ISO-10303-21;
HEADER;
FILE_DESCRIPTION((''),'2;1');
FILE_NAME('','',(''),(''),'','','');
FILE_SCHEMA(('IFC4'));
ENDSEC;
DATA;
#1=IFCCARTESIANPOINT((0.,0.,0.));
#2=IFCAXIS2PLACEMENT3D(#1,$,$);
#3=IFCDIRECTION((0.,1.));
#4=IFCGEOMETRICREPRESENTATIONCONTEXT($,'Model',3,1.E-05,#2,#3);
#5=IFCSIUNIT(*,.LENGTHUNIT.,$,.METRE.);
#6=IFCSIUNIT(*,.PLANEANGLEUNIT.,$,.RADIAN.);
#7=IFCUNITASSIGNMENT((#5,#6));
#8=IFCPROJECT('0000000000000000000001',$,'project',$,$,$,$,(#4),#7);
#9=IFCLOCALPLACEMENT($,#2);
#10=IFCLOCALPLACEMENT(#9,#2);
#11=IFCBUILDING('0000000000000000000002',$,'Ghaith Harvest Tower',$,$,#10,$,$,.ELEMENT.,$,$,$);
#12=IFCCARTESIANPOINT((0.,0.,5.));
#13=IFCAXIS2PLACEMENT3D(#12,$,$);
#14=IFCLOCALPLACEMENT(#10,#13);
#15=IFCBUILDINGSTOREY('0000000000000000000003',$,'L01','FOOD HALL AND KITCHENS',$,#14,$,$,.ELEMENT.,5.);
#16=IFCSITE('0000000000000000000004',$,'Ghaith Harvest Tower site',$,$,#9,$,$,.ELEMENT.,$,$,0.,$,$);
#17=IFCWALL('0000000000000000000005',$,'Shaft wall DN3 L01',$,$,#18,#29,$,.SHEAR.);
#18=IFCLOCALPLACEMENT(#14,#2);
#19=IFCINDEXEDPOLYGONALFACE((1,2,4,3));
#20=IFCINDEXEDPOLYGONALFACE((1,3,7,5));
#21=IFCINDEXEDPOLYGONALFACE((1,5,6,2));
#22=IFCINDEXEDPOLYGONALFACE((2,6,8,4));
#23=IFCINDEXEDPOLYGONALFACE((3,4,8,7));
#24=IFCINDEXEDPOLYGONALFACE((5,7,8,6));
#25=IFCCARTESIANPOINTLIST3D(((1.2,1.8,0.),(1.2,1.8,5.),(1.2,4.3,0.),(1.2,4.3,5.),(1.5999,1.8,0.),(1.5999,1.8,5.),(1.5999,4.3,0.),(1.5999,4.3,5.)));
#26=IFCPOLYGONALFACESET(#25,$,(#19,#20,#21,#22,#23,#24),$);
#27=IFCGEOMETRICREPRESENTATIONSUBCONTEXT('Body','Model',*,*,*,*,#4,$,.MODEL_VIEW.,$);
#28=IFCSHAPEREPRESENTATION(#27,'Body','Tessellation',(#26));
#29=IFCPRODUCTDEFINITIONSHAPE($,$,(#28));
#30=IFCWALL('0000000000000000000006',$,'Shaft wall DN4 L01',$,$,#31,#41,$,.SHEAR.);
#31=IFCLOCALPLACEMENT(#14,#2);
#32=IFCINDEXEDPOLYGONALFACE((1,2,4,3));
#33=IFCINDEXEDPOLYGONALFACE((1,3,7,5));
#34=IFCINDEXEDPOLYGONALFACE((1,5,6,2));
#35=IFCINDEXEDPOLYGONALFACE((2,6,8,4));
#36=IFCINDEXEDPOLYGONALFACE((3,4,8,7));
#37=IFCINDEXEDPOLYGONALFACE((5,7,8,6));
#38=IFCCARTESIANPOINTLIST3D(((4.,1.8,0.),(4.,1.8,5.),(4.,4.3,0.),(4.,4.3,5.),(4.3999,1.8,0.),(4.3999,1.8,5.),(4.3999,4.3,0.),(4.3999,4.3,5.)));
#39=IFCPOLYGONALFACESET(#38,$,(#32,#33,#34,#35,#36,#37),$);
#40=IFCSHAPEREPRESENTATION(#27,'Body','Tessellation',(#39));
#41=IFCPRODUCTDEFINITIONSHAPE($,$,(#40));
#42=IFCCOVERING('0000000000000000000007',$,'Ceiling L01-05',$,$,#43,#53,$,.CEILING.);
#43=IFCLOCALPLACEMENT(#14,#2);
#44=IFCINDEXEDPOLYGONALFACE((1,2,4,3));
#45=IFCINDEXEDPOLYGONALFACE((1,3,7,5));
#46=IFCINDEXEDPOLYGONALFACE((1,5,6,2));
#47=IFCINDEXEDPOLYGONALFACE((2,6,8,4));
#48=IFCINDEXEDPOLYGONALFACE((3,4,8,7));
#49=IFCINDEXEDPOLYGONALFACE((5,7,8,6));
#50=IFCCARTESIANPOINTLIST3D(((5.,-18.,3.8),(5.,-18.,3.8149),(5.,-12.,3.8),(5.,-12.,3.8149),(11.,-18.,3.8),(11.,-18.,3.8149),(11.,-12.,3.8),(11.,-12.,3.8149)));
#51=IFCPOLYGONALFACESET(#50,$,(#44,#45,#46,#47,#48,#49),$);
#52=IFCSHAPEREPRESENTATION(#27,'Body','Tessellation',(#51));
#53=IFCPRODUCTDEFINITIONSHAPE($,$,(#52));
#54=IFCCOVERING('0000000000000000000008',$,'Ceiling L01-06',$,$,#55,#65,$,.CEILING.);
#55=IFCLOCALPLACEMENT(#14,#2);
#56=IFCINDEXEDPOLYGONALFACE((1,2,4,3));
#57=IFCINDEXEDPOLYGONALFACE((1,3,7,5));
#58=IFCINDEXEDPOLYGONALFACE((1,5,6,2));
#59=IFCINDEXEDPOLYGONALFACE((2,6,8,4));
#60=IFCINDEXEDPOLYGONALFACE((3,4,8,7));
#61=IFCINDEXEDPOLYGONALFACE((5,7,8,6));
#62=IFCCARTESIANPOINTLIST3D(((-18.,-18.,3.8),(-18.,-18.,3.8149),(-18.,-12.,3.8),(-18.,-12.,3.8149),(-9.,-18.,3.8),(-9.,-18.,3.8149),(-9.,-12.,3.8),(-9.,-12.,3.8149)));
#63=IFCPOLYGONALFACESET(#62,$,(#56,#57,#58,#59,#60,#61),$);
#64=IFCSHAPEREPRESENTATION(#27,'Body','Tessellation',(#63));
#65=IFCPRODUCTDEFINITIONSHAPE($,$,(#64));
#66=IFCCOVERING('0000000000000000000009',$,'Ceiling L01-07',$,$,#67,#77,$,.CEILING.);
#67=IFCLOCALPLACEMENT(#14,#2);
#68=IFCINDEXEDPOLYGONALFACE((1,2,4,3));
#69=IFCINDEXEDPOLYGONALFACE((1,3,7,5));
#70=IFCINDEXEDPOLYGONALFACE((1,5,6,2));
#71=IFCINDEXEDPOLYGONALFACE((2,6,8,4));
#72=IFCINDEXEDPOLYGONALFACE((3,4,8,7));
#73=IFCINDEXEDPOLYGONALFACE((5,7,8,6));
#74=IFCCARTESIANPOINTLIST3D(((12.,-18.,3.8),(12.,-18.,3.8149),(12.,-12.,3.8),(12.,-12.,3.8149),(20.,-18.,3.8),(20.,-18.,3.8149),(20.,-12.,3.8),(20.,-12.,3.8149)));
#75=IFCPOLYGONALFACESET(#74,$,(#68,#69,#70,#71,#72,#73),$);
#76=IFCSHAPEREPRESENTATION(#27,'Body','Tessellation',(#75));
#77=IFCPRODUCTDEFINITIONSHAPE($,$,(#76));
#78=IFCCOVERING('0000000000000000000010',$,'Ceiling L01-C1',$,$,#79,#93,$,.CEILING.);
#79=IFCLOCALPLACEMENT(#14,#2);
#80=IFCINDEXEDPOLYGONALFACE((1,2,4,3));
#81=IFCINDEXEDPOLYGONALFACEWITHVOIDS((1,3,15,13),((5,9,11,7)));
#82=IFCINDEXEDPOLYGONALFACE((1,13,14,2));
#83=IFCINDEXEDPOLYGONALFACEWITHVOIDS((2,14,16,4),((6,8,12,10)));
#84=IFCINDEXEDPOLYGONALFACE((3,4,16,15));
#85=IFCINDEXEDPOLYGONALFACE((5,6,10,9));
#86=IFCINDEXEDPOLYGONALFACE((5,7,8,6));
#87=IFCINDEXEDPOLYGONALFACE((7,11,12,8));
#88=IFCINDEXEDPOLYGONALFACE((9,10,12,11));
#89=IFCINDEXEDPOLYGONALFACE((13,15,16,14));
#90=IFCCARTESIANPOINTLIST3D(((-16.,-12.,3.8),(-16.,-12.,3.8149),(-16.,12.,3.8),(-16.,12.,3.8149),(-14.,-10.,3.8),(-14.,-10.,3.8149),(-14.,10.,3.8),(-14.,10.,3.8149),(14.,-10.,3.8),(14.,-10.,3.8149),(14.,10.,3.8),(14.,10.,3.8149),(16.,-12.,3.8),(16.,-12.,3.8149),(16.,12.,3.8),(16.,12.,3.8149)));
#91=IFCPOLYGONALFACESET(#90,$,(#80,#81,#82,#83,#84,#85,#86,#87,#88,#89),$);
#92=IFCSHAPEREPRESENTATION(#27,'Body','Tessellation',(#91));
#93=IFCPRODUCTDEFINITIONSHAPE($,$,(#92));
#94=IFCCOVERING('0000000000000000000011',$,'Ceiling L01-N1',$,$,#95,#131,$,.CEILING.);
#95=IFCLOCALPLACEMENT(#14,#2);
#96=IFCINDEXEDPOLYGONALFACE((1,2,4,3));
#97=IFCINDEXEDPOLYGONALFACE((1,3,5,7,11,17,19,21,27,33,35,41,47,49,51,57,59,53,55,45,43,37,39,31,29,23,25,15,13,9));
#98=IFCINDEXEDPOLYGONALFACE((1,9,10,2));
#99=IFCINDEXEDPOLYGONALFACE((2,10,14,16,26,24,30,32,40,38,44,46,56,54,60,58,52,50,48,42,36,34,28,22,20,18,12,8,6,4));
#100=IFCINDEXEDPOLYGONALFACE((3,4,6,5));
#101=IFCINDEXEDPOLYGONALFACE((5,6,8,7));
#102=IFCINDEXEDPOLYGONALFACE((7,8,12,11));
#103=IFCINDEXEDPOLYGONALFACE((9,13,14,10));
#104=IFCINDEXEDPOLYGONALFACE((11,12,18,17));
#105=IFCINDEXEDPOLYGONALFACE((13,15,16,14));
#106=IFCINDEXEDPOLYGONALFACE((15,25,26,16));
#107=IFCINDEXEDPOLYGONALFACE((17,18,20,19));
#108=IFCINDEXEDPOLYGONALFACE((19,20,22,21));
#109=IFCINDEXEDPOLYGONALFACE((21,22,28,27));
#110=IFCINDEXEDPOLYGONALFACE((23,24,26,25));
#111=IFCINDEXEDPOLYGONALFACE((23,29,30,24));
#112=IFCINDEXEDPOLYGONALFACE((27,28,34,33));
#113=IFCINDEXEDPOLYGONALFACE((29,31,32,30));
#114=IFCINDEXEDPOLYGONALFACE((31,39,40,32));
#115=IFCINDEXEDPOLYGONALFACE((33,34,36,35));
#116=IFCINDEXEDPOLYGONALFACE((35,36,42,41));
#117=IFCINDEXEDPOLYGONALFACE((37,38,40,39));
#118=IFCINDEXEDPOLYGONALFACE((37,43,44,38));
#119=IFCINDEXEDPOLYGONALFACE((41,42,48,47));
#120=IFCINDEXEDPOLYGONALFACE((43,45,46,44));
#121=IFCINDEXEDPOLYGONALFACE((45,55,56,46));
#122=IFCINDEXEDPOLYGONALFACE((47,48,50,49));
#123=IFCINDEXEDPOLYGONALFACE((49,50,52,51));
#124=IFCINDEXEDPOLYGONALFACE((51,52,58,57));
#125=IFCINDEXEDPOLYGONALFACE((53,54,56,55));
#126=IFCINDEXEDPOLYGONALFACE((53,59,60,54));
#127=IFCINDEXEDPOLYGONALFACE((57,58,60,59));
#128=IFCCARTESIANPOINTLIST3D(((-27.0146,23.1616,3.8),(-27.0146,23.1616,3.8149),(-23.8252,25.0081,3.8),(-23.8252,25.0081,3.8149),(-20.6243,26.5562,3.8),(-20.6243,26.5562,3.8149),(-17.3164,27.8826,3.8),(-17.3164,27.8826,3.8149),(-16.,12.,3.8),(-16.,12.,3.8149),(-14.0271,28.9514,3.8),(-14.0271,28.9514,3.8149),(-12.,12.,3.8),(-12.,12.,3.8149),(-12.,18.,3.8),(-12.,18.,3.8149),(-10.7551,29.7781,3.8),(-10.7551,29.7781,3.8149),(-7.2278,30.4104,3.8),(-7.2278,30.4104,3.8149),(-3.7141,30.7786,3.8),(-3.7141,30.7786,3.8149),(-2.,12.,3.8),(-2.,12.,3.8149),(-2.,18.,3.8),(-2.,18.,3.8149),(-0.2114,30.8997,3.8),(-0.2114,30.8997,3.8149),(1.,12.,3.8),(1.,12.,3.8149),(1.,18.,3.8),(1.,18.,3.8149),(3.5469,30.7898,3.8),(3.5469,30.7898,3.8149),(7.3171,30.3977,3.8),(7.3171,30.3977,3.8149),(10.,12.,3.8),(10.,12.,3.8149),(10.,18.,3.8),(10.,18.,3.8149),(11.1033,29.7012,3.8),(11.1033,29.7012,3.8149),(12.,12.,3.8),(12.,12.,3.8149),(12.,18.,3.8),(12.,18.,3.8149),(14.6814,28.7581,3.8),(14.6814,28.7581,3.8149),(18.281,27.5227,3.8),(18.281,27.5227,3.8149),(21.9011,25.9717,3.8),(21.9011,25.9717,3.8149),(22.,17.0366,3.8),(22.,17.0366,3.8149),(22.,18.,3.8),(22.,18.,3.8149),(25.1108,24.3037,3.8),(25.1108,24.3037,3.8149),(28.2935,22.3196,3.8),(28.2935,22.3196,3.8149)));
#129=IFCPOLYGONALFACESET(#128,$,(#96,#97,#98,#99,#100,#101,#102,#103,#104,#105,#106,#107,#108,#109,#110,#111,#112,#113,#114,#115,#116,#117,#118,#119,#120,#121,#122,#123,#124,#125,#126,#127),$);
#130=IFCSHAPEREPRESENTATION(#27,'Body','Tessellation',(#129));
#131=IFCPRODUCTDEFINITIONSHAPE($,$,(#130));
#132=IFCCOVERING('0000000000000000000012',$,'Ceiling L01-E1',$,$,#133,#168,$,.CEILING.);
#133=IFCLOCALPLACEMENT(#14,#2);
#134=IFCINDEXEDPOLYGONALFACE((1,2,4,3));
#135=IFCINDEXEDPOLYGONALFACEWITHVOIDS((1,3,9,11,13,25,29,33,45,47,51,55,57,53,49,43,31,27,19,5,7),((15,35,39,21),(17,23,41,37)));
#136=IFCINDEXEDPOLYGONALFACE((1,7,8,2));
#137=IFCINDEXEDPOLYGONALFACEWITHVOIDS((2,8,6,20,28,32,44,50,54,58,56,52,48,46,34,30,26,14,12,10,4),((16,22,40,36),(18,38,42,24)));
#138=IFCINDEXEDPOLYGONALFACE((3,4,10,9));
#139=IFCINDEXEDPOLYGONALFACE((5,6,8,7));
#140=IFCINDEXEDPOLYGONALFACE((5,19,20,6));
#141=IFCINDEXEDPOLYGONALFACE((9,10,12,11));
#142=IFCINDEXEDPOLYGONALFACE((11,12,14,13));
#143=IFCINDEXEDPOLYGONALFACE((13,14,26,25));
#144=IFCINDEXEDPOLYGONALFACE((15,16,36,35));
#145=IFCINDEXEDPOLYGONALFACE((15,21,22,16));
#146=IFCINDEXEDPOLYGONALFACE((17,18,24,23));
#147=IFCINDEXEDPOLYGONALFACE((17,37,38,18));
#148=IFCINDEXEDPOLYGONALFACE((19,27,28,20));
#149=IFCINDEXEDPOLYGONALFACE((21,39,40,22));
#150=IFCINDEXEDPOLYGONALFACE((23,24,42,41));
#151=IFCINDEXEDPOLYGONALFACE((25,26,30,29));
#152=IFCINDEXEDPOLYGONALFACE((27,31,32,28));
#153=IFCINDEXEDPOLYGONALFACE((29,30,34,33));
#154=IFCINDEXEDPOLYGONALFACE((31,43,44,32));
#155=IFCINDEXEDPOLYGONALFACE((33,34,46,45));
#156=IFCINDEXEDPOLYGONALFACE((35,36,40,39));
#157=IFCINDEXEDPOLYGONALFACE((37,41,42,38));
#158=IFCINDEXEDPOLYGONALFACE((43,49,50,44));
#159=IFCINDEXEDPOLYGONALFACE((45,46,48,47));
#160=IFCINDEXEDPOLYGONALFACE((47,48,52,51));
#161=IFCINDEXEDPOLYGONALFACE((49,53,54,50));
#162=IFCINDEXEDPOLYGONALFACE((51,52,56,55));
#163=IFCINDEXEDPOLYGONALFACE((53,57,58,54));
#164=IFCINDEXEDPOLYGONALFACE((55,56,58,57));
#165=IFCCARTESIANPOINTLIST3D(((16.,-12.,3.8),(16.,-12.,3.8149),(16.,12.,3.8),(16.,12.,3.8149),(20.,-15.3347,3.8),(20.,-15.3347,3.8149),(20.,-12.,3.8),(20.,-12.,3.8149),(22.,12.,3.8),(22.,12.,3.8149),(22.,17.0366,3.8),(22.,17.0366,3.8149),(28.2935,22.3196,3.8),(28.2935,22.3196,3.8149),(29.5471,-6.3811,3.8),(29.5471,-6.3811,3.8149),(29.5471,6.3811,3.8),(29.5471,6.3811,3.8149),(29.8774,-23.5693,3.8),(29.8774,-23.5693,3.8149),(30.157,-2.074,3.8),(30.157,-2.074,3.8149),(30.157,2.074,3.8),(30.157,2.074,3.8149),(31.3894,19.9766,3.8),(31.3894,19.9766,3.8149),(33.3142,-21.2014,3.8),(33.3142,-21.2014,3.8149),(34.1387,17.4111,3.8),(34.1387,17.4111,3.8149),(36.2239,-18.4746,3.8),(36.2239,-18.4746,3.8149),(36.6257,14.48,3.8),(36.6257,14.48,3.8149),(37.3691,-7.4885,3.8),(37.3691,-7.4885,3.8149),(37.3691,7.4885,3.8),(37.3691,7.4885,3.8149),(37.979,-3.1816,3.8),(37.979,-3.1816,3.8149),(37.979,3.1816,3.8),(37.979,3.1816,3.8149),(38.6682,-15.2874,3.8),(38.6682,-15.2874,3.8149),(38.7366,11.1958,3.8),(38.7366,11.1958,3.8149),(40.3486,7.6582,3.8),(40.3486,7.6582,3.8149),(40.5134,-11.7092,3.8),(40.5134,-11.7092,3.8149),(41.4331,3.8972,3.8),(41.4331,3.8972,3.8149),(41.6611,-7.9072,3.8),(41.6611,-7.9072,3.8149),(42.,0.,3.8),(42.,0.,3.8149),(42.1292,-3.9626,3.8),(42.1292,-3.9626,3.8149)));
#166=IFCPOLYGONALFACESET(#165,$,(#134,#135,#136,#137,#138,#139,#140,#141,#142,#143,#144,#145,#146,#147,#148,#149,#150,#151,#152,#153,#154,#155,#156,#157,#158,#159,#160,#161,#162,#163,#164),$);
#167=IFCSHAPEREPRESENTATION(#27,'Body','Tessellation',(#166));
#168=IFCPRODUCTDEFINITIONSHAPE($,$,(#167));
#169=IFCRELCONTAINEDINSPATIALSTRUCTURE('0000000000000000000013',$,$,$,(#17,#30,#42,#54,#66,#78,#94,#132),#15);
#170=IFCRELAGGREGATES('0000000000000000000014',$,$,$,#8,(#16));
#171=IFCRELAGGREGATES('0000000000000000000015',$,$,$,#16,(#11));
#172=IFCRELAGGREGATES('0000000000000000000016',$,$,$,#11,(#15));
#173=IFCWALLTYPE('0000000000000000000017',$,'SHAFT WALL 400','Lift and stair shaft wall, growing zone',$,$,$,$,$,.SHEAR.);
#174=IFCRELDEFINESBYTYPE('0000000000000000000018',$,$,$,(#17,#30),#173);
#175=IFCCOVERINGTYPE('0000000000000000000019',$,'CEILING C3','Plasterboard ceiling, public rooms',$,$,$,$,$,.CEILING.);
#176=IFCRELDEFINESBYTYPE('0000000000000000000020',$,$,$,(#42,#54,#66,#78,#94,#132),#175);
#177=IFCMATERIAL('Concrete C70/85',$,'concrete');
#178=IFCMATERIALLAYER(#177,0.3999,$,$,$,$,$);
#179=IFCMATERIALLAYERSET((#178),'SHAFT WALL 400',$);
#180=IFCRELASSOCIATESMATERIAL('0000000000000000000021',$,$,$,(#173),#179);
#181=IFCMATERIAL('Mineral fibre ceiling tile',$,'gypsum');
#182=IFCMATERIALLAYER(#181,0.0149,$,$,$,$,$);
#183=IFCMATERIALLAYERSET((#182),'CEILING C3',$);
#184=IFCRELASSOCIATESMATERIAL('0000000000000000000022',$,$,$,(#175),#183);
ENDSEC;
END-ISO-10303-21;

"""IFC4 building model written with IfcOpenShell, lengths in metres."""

from ifc_helpers import new_model, si_unit, direction, frame, frame_2d, origin, place, context, subcontext, project, spatial, polyline, rectangle, outline, extrude, material, layer, layer_set, type_object, element, save


model = new_model("IFC4")

# Units and contexts
model_context = context("Model", 3, precision=1e-05, world=origin(), true_north=direction((0.0, 1.0)))
body_context = subcontext(model_context, "Body", "Model", "MODEL_VIEW")
ifc_project = project(units=[si_unit("LENGTHUNIT", "METRE"), si_unit("PLANEANGLEUNIT", "RADIAN")], contexts=[model_context])

# Site, building, storey
site_placement = place(None, origin())
site = spatial("IfcSite", under=ifc_project, at=site_placement, Name="Ghaith Harvest Tower site", CompositionType="ELEMENT", RefElevation=0.0)
building_placement = place(site_placement, origin())
building = spatial("IfcBuilding", under=site, at=building_placement, Name="Ghaith Harvest Tower", CompositionType="ELEMENT")
storey_placement = place(building_placement, frame((0.0, 0.0, 5.0)))
storey = spatial("IfcBuildingStorey", under=building, at=storey_placement, Name="L01", Description="FOOD HALL AND KITCHENS", CompositionType="ELEMENT", Elevation=5.0)

# Shared definitions
ifc_material_1 = material(Name="Concrete C70/85", Category="concrete")
ifc_layer_1 = layer(ifc_material_1, 0.3999)
ifc_layer_set_1 = layer_set([ifc_layer_1], Name="SHAFT WALL 400")
wall_type_1 = type_object("IfcWallType", Name="SHAFT WALL 400", Description="Lift and stair shaft wall, growing zone", PredefinedType="SHEAR", material=ifc_layer_set_1)

# Walls
for number, where, z_axis, x_axis, name in (
    (1, (1.3999, 1.8, 0.0), (0.0, 0.0, 1.0), (0.0, 1.0, 0.0), "Shaft wall DN3 L01"),
    (2, (4.2, 1.8, 0.0), (0.0, 0.0, 1.0), (0.0, 1.0, 0.0), "Shaft wall DN4 L01"),
):
    element("IfcWall", number, at=place(storey_placement, frame(where, z_axis=z_axis, x_axis=x_axis)), inside=storey, type_object=wall_type_1, Name=name, PredefinedType="SHEAR", context=body_context, shape_type="SweptSolid", body=[
        extrude(rectangle(XDim=2.5, YDim=0.3999, at=frame_2d((1.25, 0.0))), origin(), (0.0, 0.0, 1.0), 5.0),
    ])

# Coverings
ifc_material_2 = material(Name="Mineral fibre ceiling tile", Category="gypsum")
ifc_layer_2 = layer(ifc_material_2, 0.0149)
ifc_layer_set_2 = layer_set([ifc_layer_2], Name="CEILING C3")
covering_type = type_object("IfcCoveringType", Name="CEILING C3", Description="Plasterboard ceiling, public rooms", PredefinedType="CEILING", material=ifc_layer_set_2)
covering_1_placement = place(storey_placement, frame((0.0, 0.0, 3.8)))
element("IfcCovering", 3, at=covering_1_placement, inside=storey, type_object=covering_type, Name="Ceiling L01-05", PredefinedType="CEILING", context=body_context, shape_type="SweptSolid", body=[
    extrude(outline(polyline([(5.0, -18.0), (11.0, -18.0), (11.0, -12.0), (5.0, -12.0), (5.0, -18.0)])), origin(), (0.0, 0.0, 1.0), 0.0149),
])
covering_2_placement = place(storey_placement, frame((0.0, 0.0, 3.8)))
element("IfcCovering", 4, at=covering_2_placement, inside=storey, type_object=covering_type, Name="Ceiling L01-06", PredefinedType="CEILING", context=body_context, shape_type="SweptSolid", body=[
    extrude(outline(polyline([(-18.0, -18.0), (-9.0, -18.0), (-9.0, -12.0), (-18.0, -12.0), (-18.0, -18.0)])), origin(), (0.0, 0.0, 1.0), 0.0149),
])
covering_3_placement = place(storey_placement, frame((0.0, 0.0, 3.8)))
element("IfcCovering", 5, at=covering_3_placement, inside=storey, type_object=covering_type, Name="Ceiling L01-07", PredefinedType="CEILING", context=body_context, shape_type="SweptSolid", body=[
    extrude(outline(polyline([(12.0, -18.0), (20.0, -18.0), (20.0, -12.0), (12.0, -12.0), (12.0, -18.0)])), origin(), (0.0, 0.0, 1.0), 0.0149),
])
covering_4_placement = place(storey_placement, frame((0.0, 0.0, 3.8)))
element("IfcCovering", 6, at=covering_4_placement, inside=storey, type_object=covering_type, Name="Ceiling L01-C1", PredefinedType="CEILING", context=body_context, shape_type="SweptSolid", body=[
    extrude(outline(polyline([(-16.0, 12.0), (16.0, 12.0), (16.0, -12.0), (-16.0, -12.0), (-16.0, 12.0)]), holes=[polyline([(14.0, -10.0), (14.0, 10.0), (-14.0, 10.0), (-14.0, -10.0), (14.0, -10.0)])]), origin(), (0.0, 0.0, 1.0), 0.0149),
])
covering_5_placement = place(storey_placement, frame((0.0, 0.0, 3.8)))
element("IfcCovering", 7, at=covering_5_placement, inside=storey, type_object=covering_type, Name="Ceiling L01-N1", PredefinedType="CEILING", context=body_context, shape_type="SweptSolid", body=[
    extrude(outline(polyline([(-23.8252, 25.0081), (-20.6243, 26.5562), (-17.3164, 27.8826), (-14.0271, 28.9514), (-10.7551, 29.7781), (-7.2278, 30.4104), (-3.7141, 30.7786), (-0.2114, 30.8997), (3.5469, 30.7898), (7.3171, 30.3977), (11.1033, 29.7012), (14.6814, 28.7581), (18.281, 27.5227), (21.9011, 25.9717), (25.1108, 24.3037), (28.2935, 22.3196), (22.0, 17.0366), (22.0, 18.0), (12.0, 18.0), (12.0, 12.0), (10.0, 12.0), (10.0, 18.0), (1.0, 18.0), (1.0, 12.0), (-2.0, 12.0), (-2.0, 18.0), (-12.0, 18.0), (-12.0, 12.0), (-16.0, 12.0), (-27.0146, 23.1616), (-23.8252, 25.0081)])), origin(), (0.0, 0.0, 1.0), 0.0149),
])
covering_6_placement = place(storey_placement, frame((0.0, 0.0, 3.8)))
element("IfcCovering", 8, at=covering_6_placement, inside=storey, type_object=covering_type, Name="Ceiling L01-E1", PredefinedType="CEILING", context=body_context, shape_type="SweptSolid", body=[
    extrude(outline(polyline([(31.3894, 19.9766), (34.1387, 17.4111), (36.6257, 14.48), (38.7366, 11.1958), (40.3486, 7.6582), (41.4331, 3.8972), (42.0, 0.0), (42.1292, -3.9626), (41.6611, -7.9072), (40.5134, -11.7092), (38.6682, -15.2874), (36.2239, -18.4746), (33.3142, -21.2014), (29.8774, -23.5693), (20.0, -15.3347), (20.0, -12.0), (16.0, -12.0), (16.0, 12.0), (22.0, 12.0), (22.0, 17.0366), (28.2935, 22.3196), (31.3894, 19.9766)]), holes=[polyline([(37.3691, 7.4885), (29.5471, 6.3811), (30.157, 2.074), (37.979, 3.1816), (37.3691, 7.4885)]), polyline([(30.157, -2.074), (29.5471, -6.3811), (37.3691, -7.4885), (37.979, -3.1816), (30.157, -2.074)])]), origin(), (0.0, 0.0, 1.0), 0.0149),
])

save(model, "model.ifc")
